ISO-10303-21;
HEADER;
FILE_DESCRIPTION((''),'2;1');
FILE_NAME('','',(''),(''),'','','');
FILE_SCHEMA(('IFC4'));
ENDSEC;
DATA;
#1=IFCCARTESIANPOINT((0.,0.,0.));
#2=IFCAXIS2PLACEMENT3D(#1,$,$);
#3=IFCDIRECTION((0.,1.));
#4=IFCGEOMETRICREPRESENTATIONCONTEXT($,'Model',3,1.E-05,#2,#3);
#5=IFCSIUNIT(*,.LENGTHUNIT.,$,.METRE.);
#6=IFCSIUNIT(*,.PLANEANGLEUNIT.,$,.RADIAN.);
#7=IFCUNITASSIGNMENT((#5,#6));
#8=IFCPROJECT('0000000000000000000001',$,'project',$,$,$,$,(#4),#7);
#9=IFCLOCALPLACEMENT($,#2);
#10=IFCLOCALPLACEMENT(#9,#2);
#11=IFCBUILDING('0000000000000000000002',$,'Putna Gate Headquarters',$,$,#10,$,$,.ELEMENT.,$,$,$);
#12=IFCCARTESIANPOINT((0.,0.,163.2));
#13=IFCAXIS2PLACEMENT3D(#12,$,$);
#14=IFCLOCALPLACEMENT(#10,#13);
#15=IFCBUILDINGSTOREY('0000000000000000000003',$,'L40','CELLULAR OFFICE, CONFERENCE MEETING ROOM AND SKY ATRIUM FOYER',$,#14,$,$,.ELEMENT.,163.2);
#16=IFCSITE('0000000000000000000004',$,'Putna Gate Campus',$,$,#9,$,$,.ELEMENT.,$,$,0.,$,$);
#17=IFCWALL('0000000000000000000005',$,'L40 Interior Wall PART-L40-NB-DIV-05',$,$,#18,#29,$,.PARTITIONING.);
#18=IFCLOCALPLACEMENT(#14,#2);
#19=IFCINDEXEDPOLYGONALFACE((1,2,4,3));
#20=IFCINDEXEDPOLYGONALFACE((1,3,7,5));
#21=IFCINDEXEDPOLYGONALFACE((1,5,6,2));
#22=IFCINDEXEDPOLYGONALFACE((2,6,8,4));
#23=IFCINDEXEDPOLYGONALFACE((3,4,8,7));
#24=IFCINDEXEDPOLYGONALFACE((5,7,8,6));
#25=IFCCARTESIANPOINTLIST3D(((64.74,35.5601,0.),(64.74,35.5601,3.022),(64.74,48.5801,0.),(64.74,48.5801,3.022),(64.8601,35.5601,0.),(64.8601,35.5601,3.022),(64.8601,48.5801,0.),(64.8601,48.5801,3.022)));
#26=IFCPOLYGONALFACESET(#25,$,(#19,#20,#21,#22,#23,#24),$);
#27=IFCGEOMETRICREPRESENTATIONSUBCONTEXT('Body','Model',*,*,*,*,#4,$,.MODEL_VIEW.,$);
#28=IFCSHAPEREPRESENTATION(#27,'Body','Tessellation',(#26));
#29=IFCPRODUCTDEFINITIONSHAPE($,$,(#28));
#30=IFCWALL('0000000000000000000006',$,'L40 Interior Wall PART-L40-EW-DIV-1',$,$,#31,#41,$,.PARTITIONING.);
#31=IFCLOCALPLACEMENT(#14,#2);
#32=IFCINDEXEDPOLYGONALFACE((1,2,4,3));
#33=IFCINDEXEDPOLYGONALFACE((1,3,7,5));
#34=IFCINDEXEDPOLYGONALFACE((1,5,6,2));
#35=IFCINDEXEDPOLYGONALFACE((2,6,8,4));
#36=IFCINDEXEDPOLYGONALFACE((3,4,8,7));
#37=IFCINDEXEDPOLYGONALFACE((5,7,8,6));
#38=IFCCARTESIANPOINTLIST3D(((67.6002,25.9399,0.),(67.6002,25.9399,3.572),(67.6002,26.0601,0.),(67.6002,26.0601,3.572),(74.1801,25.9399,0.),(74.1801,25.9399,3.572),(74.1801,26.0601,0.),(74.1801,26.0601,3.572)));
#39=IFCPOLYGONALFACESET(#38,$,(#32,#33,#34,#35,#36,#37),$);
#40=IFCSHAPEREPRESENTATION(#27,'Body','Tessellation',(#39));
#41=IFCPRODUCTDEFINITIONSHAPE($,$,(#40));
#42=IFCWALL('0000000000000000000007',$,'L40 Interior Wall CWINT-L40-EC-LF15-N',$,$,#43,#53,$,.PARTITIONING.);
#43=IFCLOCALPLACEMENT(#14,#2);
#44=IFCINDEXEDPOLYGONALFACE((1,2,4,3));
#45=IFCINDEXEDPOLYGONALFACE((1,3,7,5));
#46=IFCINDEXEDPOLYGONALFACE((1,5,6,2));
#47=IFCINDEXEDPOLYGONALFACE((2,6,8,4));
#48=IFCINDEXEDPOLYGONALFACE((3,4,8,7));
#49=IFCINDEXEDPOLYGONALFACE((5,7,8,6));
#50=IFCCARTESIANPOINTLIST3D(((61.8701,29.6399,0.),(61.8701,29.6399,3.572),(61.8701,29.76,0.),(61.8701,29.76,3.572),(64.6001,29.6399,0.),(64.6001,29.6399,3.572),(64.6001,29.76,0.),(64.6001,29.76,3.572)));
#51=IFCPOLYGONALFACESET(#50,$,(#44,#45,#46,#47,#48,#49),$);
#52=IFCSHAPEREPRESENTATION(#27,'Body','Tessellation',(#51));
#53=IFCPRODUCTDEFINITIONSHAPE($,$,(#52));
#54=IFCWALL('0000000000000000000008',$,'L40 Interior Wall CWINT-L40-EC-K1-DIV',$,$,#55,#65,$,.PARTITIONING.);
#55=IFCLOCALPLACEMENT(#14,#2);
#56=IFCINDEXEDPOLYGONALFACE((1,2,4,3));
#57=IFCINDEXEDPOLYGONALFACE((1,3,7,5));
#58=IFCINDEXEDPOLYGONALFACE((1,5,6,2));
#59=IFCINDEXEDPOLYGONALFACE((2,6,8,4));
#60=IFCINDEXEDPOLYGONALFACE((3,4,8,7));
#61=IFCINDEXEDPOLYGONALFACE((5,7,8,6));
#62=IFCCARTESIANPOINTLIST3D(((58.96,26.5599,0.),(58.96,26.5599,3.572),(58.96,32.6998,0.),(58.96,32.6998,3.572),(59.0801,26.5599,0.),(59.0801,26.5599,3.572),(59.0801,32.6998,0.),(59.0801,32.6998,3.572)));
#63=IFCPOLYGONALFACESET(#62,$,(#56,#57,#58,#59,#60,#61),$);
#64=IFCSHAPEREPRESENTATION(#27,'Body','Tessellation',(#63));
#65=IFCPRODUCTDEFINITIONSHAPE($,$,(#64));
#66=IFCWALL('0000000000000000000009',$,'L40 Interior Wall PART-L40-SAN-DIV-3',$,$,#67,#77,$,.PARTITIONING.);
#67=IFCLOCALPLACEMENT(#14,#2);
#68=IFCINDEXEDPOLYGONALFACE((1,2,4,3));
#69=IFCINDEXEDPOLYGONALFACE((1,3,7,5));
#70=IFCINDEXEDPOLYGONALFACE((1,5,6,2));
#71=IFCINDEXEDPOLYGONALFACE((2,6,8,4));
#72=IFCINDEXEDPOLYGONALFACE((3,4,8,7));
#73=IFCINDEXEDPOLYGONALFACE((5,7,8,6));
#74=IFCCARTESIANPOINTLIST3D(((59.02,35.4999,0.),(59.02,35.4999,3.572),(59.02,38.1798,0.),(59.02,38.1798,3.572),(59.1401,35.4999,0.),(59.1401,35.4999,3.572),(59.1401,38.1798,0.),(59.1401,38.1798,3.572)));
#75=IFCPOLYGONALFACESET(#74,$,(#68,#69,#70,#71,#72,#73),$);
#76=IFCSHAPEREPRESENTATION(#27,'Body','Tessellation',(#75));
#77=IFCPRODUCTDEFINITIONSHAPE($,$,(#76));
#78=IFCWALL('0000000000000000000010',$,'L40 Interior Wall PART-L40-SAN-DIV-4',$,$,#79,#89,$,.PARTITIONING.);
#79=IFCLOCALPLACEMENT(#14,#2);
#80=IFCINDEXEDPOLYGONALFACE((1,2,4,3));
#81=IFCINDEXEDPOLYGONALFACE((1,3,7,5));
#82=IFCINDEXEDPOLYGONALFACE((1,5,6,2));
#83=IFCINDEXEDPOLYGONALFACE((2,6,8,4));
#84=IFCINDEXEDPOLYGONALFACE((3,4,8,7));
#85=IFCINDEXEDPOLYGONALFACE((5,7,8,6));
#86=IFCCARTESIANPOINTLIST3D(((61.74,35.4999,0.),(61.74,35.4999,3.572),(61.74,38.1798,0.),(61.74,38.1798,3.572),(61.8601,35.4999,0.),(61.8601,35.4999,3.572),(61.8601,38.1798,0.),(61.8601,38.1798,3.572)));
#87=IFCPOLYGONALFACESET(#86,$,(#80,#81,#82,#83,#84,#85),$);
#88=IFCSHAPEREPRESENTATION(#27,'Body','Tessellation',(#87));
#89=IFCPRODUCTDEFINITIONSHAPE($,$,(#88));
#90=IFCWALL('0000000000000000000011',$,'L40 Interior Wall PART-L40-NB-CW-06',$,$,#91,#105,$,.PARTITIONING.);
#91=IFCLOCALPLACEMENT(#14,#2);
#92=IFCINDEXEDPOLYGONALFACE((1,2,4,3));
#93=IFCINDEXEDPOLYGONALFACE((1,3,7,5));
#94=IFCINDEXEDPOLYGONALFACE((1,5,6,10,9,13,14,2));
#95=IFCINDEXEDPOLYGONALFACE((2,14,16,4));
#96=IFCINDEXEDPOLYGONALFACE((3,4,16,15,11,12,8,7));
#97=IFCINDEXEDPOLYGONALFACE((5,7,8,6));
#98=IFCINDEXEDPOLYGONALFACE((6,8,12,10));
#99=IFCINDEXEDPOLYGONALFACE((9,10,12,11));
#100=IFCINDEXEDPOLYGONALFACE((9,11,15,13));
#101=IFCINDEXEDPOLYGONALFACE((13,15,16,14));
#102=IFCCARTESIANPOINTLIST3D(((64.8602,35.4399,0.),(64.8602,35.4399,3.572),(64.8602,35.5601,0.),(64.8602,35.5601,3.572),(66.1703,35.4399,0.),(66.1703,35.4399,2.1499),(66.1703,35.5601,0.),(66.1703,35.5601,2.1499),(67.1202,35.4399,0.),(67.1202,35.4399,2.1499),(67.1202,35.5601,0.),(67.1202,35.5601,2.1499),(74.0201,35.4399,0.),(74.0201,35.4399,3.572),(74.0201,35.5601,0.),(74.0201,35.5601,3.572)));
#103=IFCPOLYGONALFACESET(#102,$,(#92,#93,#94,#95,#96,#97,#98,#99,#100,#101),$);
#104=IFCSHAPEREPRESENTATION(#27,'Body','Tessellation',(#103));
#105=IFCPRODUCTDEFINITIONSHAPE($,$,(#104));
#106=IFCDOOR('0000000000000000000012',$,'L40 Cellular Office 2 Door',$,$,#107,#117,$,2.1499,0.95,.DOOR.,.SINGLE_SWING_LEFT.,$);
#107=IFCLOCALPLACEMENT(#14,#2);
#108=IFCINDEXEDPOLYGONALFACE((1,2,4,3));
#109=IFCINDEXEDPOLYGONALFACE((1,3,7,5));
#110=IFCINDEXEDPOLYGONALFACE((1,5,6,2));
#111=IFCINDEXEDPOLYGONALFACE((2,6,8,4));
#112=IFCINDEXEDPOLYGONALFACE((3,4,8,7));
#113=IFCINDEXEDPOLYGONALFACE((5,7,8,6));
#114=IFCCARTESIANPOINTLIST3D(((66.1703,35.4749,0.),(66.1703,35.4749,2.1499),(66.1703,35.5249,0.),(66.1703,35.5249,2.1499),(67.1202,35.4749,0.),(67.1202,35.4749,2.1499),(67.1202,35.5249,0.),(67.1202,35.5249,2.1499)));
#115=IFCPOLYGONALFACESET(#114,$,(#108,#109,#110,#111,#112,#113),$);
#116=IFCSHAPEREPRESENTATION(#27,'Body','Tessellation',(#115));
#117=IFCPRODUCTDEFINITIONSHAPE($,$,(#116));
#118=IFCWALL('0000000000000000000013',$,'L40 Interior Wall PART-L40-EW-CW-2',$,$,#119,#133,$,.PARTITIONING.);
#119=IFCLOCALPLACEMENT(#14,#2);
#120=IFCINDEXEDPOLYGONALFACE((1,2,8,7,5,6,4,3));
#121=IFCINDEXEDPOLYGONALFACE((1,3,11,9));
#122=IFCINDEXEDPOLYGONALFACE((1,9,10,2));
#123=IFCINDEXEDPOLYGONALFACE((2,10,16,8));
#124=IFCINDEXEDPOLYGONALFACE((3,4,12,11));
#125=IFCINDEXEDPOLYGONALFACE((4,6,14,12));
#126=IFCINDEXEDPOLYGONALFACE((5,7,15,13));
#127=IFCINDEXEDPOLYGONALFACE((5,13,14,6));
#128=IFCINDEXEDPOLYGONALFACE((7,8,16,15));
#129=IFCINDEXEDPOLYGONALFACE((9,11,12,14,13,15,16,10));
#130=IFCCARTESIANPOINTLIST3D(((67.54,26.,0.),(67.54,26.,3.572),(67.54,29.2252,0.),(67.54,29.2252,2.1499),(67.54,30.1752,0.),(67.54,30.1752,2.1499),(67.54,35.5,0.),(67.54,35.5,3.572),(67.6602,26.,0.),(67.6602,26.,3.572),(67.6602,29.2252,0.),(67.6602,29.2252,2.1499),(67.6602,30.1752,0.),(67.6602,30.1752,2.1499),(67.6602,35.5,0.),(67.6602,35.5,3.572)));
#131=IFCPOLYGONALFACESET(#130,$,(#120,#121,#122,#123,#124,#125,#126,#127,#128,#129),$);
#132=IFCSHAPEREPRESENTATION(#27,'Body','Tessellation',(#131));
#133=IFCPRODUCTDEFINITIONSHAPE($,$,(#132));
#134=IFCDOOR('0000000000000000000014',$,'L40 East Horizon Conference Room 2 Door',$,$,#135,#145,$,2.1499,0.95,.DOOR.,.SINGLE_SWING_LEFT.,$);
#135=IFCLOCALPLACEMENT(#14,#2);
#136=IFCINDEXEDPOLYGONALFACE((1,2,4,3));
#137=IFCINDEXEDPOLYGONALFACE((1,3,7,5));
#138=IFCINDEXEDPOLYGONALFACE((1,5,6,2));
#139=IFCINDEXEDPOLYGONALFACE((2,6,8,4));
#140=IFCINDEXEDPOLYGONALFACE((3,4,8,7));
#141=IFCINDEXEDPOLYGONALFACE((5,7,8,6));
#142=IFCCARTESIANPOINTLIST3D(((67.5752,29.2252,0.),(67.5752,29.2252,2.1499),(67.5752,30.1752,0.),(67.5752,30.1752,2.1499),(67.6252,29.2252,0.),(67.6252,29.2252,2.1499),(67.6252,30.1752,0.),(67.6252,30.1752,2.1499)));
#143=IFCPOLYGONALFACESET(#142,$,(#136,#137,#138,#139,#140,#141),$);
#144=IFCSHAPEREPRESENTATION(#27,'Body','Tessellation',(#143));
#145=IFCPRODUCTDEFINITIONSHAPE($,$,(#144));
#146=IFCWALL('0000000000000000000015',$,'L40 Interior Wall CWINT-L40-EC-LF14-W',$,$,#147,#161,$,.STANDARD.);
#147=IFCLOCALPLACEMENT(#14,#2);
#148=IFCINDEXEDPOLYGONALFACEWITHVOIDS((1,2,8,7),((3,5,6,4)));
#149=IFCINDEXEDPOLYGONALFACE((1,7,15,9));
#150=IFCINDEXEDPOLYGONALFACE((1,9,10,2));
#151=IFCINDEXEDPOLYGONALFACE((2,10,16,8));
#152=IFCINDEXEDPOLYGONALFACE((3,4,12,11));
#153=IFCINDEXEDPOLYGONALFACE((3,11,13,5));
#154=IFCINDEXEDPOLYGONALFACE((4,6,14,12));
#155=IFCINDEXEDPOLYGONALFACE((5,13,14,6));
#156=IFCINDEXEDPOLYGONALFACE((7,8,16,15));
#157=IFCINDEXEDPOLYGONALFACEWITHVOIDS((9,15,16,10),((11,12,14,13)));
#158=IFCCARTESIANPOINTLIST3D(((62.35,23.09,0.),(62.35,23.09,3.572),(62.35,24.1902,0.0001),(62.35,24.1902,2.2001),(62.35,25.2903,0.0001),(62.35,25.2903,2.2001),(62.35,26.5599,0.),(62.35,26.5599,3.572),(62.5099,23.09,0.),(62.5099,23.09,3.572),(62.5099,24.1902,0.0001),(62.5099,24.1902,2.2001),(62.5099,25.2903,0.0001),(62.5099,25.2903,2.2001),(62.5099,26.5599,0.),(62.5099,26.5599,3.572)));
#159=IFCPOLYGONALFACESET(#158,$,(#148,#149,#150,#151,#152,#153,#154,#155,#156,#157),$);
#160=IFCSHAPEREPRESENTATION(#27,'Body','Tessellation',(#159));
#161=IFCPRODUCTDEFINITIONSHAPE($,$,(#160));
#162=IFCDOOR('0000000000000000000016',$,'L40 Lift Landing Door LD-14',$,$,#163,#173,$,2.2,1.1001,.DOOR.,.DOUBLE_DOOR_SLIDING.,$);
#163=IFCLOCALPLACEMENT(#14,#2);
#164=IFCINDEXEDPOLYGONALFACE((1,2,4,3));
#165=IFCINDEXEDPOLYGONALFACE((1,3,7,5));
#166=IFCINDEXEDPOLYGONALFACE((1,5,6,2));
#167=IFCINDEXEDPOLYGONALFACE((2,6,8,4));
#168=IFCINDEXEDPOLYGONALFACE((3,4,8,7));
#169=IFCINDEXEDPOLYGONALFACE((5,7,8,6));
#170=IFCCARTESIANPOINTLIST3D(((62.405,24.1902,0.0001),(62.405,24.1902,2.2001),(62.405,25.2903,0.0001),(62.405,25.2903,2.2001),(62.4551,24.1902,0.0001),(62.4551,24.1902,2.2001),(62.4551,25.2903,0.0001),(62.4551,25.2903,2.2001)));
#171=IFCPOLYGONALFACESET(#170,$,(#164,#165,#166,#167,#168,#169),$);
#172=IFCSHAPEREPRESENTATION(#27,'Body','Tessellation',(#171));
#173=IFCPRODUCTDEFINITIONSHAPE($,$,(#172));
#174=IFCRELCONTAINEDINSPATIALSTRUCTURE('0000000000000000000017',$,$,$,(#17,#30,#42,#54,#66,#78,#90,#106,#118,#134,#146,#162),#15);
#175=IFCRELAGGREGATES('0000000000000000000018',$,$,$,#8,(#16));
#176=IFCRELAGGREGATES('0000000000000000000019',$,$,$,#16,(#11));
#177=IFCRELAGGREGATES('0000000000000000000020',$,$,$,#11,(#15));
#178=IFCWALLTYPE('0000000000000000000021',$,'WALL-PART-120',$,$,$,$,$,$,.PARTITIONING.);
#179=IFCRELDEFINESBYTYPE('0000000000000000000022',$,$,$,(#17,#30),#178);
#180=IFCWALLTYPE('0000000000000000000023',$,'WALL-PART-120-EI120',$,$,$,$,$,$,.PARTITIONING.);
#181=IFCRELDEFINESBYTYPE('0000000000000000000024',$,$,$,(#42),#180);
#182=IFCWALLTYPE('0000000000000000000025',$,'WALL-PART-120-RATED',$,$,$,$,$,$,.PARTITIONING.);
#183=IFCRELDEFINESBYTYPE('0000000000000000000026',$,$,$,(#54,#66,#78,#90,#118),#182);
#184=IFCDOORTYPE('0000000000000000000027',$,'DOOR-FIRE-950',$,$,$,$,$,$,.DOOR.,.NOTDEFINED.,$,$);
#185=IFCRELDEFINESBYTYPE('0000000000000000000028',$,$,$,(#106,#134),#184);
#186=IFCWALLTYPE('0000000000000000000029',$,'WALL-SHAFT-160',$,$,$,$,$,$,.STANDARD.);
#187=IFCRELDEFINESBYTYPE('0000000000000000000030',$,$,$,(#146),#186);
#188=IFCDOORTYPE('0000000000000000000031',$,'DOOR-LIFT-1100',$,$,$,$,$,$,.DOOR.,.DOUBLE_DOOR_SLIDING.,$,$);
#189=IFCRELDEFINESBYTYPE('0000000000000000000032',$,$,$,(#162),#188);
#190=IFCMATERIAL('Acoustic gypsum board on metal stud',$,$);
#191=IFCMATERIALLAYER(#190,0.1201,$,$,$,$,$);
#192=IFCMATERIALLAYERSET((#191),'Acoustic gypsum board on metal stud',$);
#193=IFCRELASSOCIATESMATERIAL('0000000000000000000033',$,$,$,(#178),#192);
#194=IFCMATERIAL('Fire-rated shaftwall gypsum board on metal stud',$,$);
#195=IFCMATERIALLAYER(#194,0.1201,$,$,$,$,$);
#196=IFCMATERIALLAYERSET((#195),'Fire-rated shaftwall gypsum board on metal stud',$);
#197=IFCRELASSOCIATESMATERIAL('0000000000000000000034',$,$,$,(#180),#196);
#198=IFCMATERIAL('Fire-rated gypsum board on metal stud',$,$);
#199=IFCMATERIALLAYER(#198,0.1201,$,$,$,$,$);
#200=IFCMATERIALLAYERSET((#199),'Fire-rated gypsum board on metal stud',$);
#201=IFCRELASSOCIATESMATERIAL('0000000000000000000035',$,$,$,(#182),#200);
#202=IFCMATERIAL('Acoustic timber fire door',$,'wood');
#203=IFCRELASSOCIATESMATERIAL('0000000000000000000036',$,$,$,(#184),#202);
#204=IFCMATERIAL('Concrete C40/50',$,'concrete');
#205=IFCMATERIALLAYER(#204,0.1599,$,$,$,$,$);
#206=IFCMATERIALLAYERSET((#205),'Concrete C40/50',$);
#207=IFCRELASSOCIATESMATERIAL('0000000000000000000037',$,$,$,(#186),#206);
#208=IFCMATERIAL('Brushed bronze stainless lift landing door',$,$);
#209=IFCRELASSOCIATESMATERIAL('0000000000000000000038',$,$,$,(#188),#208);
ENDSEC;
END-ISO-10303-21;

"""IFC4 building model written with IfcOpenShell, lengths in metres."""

from ifc_helpers import new_model, si_unit, direction, frame, frame_2d, origin, place, context, subcontext, project, spatial, rectangle, extrude, material, layer, layer_set, type_object, element, fill, save


model = new_model("IFC4")

# Units and contexts
model_context = context("Model", 3, precision=1e-05, world=origin(), true_north=direction((0.0, 1.0)))
body_context = subcontext(model_context, "Body", "Model", "MODEL_VIEW")
ifc_project = project(units=[si_unit("LENGTHUNIT", "METRE"), si_unit("PLANEANGLEUNIT", "RADIAN")], contexts=[model_context])

# Site, building, storey
site_placement = place(None, origin())
site = spatial("IfcSite", under=ifc_project, at=site_placement, Name="Putna Gate Campus", CompositionType="ELEMENT", RefElevation=0.0)
building_placement = place(site_placement, origin())
building = spatial("IfcBuilding", under=site, at=building_placement, Name="Putna Gate Headquarters", CompositionType="ELEMENT")
storey_placement = place(building_placement, frame((0.0, 0.0, 163.2)))
storey = spatial("IfcBuildingStorey", under=building, at=storey_placement, Name="L40", Description="CELLULAR OFFICE, CONFERENCE MEETING ROOM AND SKY ATRIUM FOYER", CompositionType="ELEMENT", Elevation=163.2)

# Walls
ifc_material_1 = material(Name="Acoustic gypsum board on metal stud")
ifc_layer_1 = layer(ifc_material_1, 0.1201)
ifc_layer_set_1 = layer_set([ifc_layer_1], Name="Acoustic gypsum board on metal stud")
wall_type_1 = type_object("IfcWallType", Name="WALL-PART-120", PredefinedType="PARTITIONING", material=ifc_layer_set_1)
wall_1_placement = place(storey_placement, frame((64.8, 35.5601, 0.0), z_axis=(0.0, 0.0, 1.0), x_axis=(0.0, 1.0, 0.0)))
element("IfcWall", 1, at=wall_1_placement, inside=storey, type_object=wall_type_1, Name="L40 Interior Wall PART-L40-NB-DIV-05", PredefinedType="PARTITIONING", context=body_context, shape_type="SweptSolid", body=[
    extrude(rectangle(XDim=13.02, YDim=0.1201, at=frame_2d((6.51, 0.0))), origin(), (0.0, 0.0, 1.0), 3.022),
])
wall_2_placement = place(storey_placement, frame((67.6001, 26.0, 0.0), z_axis=(0.0, 0.0, 1.0), x_axis=(1.0, 0.0, 0.0)))
element("IfcWall", 2, at=wall_2_placement, inside=storey, type_object=wall_type_1, Name="L40 Interior Wall PART-L40-EW-DIV-1", PredefinedType="PARTITIONING", context=body_context, shape_type="SweptSolid", body=[
    extrude(rectangle(XDim=6.5798, YDim=0.1201, at=frame_2d((3.29, 0.0))), origin(), (0.0, 0.0, 1.0), 3.572),
])
ifc_material_2 = material(Name="Fire-rated shaftwall gypsum board on metal stud")
ifc_layer_2 = layer(ifc_material_2, 0.1201)
ifc_layer_set_2 = layer_set([ifc_layer_2], Name="Fire-rated shaftwall gypsum board on metal stud")
wall_type_2 = type_object("IfcWallType", Name="WALL-PART-120-EI120", PredefinedType="PARTITIONING", material=ifc_layer_set_2)
wall_3_placement = place(storey_placement, frame((61.8701, 29.7, 0.0), z_axis=(0.0, 0.0, 1.0), x_axis=(1.0, 0.0, 0.0)))
element("IfcWall", 3, at=wall_3_placement, inside=storey, type_object=wall_type_2, Name="L40 Interior Wall CWINT-L40-EC-LF15-N", PredefinedType="PARTITIONING", context=body_context, shape_type="SweptSolid", body=[
    extrude(rectangle(XDim=2.73, YDim=0.1201, at=frame_2d((1.365, 0.0))), origin(), (0.0, 0.0, 1.0), 3.572),
])
ifc_material_3 = material(Name="Fire-rated gypsum board on metal stud")
ifc_layer_3 = layer(ifc_material_3, 0.1201)
ifc_layer_set_3 = layer_set([ifc_layer_3], Name="Fire-rated gypsum board on metal stud")
wall_type_3 = type_object("IfcWallType", Name="WALL-PART-120-RATED", PredefinedType="PARTITIONING", material=ifc_layer_set_3)
wall_4_placement = place(storey_placement, frame((59.02, 26.5601, 0.0), z_axis=(0.0, 0.0, 1.0), x_axis=(0.0, 1.0, 0.0)))
element("IfcWall", 4, at=wall_4_placement, inside=storey, type_object=wall_type_3, Name="L40 Interior Wall CWINT-L40-EC-K1-DIV", PredefinedType="PARTITIONING", context=body_context, shape_type="SweptSolid", body=[
    extrude(rectangle(XDim=6.1399, YDim=0.1201, at=frame_2d((3.0698, 0.0))), origin(), (0.0, 0.0, 1.0), 3.572),
])
for number, where, z_axis, x_axis, name in (
    (5, (59.0801, 35.5, 0.0), (0.0, 0.0, 1.0), (0.0, 1.0, 0.0), "L40 Interior Wall PART-L40-SAN-DIV-3"),
    (6, (61.8, 35.5, 0.0), (0.0, 0.0, 1.0), (0.0, 1.0, 0.0), "L40 Interior Wall PART-L40-SAN-DIV-4"),
):
    element("IfcWall", number, at=place(storey_placement, frame(where, z_axis=z_axis, x_axis=x_axis)), inside=storey, type_object=wall_type_3, Name=name, PredefinedType="PARTITIONING", context=body_context, shape_type="SweptSolid", body=[
        extrude(rectangle(XDim=2.6799, YDim=0.1201, at=frame_2d((1.3398, 0.0))), origin(), (0.0, 0.0, 1.0), 3.572),
    ])

# Walls, openings, doors
wall_5_placement = place(storey_placement, frame((64.8601, 35.5, 0.0), z_axis=(0.0, 0.0, 1.0), x_axis=(1.0, 0.0, 0.0)))
wall_5 = element("IfcWall", 7, at=wall_5_placement, inside=storey, type_object=wall_type_3, Name="L40 Interior Wall PART-L40-NB-CW-06", PredefinedType="PARTITIONING", context=body_context, shape_type="SweptSolid", body=[
    extrude(rectangle(XDim=9.1599, YDim=0.1201, at=frame_2d((4.5801, 0.0))), origin(), (0.0, 0.0, 1.0), 3.572),
])
opening_1_placement = place(wall_5_placement, frame((1.3101, 0.0, 0.0)))
opening_1 = element("IfcOpeningElement", 8, at=opening_1_placement, cuts=wall_5, PredefinedType="OPENING", context=body_context, shape_type="SweptSolid", body=[
    extrude(rectangle(XDim=0.95, YDim=2.1499, at=frame_2d((0.4751, 1.075))), frame((0.0, 0.0701, 0.0), z_axis=(0.0, -1.0, 0.0), x_axis=(1.0, 0.0, 0.0)), (0.0, 0.0, 1.0), 0.1401),
])
ifc_material_4 = material(Name="Acoustic timber fire door", Category="wood")
door_type_1 = type_object("IfcDoorType", Name="DOOR-FIRE-950", OperationType="NOTDEFINED", PredefinedType="DOOR", material=ifc_material_4)
door_1_placement = place(opening_1_placement, origin())
door_1 = element("IfcDoor", 9, at=door_1_placement, inside=storey, type_object=door_type_1, Name="L40 Cellular Office 2 Door", OperationType="SINGLE_SWING_LEFT", OverallHeight=2.1499, OverallWidth=0.95, PredefinedType="DOOR", context=body_context, shape_type="SweptSolid", body=[
    extrude(rectangle(XDim=0.95, YDim=2.1499, at=frame_2d((0.4751, 1.075))), frame((0.0, 0.0249, 0.0), z_axis=(0.0, -1.0, 0.0), x_axis=(1.0, 0.0, 0.0)), (0.0, 0.0, 1.0), 0.05),
])
fill(opening_1, door_1)
wall_6_placement = place(storey_placement, frame((67.6001, 26.0, 0.0), z_axis=(0.0, 0.0, 1.0), x_axis=(0.0, 1.0, 0.0)))
wall_6 = element("IfcWall", 10, at=wall_6_placement, inside=storey, type_object=wall_type_3, Name="L40 Interior Wall PART-L40-EW-CW-2", PredefinedType="PARTITIONING", context=body_context, shape_type="SweptSolid", body=[
    extrude(rectangle(XDim=9.5, YDim=0.1201, at=frame_2d((4.75, 0.0))), origin(), (0.0, 0.0, 1.0), 3.572),
])
opening_2_placement = place(wall_6_placement, frame((3.2251, 0.0, 0.0)))
opening_2 = element("IfcOpeningElement", 11, at=opening_2_placement, cuts=wall_6, PredefinedType="OPENING", context=body_context, shape_type="SweptSolid", body=[
    extrude(rectangle(XDim=0.95, YDim=2.1499, at=frame_2d((0.4751, 1.075))), frame((0.0, 0.0701, 0.0), z_axis=(0.0, -1.0, 0.0), x_axis=(1.0, 0.0, 0.0)), (0.0, 0.0, 1.0), 0.1401),
])
door_2_placement = place(opening_2_placement, origin())
door_2 = element("IfcDoor", 12, at=door_2_placement, inside=storey, type_object=door_type_1, Name="L40 East Horizon Conference Room 2 Door", OperationType="SINGLE_SWING_LEFT", OverallHeight=2.1499, OverallWidth=0.95, PredefinedType="DOOR", context=body_context, shape_type="SweptSolid", body=[
    extrude(rectangle(XDim=0.95, YDim=2.1499, at=frame_2d((0.4751, 1.075))), frame((0.0, 0.0249, 0.0), z_axis=(0.0, -1.0, 0.0), x_axis=(1.0, 0.0, 0.0)), (0.0, 0.0, 1.0), 0.05),
])
fill(opening_2, door_2)
ifc_material_5 = material(Name="Concrete C40/50", Category="concrete")
ifc_layer_4 = layer(ifc_material_5, 0.1599)
ifc_layer_set_4 = layer_set([ifc_layer_4], Name="Concrete C40/50")
wall_type_4 = type_object("IfcWallType", Name="WALL-SHAFT-160", PredefinedType="STANDARD", material=ifc_layer_set_4)
wall_7_placement = place(storey_placement, frame((62.4299, 23.0901, 0.0), z_axis=(0.0, 0.0, 1.0), x_axis=(0.0, 1.0, 0.0)))
wall_7 = element("IfcWall", 13, at=wall_7_placement, inside=storey, type_object=wall_type_4, Name="L40 Interior Wall CWINT-L40-EC-LF14-W", PredefinedType="STANDARD", context=body_context, shape_type="SweptSolid", body=[
    extrude(rectangle(XDim=3.47, YDim=0.1599, at=frame_2d((1.7349, 0.0))), origin(), (0.0, 0.0, 1.0), 3.572),
])
opening_3_placement = place(wall_7_placement, frame((1.1001, 0.0, 0.0)))
opening_3 = element("IfcOpeningElement", 14, at=opening_3_placement, cuts=wall_7, PredefinedType="OPENING", context=body_context, shape_type="SweptSolid", body=[
    extrude(rectangle(XDim=1.1001, YDim=2.2, at=frame_2d((0.55, 1.1001))), frame((0.0, 0.0898, 0.0), z_axis=(0.0, -1.0, 0.0), x_axis=(1.0, 0.0, 0.0)), (0.0, 0.0, 1.0), 0.1799),
])
ifc_material_6 = material(Name="Brushed bronze stainless lift landing door")
door_type_2 = type_object("IfcDoorType", Name="DOOR-LIFT-1100", OperationType="DOUBLE_DOOR_SLIDING", PredefinedType="DOOR", material=ifc_material_6)
door_3_placement = place(opening_3_placement, origin())
door_3 = element("IfcDoor", 15, at=door_3_placement, inside=storey, type_object=door_type_2, Name="L40 Lift Landing Door LD-14", OperationType="DOUBLE_DOOR_SLIDING", OverallHeight=2.2, OverallWidth=1.1001, PredefinedType="DOOR", context=body_context, shape_type="SweptSolid", body=[
    extrude(rectangle(XDim=1.1001, YDim=2.2, at=frame_2d((0.55, 1.1001))), frame((0.0, 0.0249, 0.0), z_axis=(0.0, -1.0, 0.0), x_axis=(1.0, 0.0, 0.0)), (0.0, 0.0, 1.0), 0.05),
])
fill(opening_3, door_3)

save(model, "model.ifc")
